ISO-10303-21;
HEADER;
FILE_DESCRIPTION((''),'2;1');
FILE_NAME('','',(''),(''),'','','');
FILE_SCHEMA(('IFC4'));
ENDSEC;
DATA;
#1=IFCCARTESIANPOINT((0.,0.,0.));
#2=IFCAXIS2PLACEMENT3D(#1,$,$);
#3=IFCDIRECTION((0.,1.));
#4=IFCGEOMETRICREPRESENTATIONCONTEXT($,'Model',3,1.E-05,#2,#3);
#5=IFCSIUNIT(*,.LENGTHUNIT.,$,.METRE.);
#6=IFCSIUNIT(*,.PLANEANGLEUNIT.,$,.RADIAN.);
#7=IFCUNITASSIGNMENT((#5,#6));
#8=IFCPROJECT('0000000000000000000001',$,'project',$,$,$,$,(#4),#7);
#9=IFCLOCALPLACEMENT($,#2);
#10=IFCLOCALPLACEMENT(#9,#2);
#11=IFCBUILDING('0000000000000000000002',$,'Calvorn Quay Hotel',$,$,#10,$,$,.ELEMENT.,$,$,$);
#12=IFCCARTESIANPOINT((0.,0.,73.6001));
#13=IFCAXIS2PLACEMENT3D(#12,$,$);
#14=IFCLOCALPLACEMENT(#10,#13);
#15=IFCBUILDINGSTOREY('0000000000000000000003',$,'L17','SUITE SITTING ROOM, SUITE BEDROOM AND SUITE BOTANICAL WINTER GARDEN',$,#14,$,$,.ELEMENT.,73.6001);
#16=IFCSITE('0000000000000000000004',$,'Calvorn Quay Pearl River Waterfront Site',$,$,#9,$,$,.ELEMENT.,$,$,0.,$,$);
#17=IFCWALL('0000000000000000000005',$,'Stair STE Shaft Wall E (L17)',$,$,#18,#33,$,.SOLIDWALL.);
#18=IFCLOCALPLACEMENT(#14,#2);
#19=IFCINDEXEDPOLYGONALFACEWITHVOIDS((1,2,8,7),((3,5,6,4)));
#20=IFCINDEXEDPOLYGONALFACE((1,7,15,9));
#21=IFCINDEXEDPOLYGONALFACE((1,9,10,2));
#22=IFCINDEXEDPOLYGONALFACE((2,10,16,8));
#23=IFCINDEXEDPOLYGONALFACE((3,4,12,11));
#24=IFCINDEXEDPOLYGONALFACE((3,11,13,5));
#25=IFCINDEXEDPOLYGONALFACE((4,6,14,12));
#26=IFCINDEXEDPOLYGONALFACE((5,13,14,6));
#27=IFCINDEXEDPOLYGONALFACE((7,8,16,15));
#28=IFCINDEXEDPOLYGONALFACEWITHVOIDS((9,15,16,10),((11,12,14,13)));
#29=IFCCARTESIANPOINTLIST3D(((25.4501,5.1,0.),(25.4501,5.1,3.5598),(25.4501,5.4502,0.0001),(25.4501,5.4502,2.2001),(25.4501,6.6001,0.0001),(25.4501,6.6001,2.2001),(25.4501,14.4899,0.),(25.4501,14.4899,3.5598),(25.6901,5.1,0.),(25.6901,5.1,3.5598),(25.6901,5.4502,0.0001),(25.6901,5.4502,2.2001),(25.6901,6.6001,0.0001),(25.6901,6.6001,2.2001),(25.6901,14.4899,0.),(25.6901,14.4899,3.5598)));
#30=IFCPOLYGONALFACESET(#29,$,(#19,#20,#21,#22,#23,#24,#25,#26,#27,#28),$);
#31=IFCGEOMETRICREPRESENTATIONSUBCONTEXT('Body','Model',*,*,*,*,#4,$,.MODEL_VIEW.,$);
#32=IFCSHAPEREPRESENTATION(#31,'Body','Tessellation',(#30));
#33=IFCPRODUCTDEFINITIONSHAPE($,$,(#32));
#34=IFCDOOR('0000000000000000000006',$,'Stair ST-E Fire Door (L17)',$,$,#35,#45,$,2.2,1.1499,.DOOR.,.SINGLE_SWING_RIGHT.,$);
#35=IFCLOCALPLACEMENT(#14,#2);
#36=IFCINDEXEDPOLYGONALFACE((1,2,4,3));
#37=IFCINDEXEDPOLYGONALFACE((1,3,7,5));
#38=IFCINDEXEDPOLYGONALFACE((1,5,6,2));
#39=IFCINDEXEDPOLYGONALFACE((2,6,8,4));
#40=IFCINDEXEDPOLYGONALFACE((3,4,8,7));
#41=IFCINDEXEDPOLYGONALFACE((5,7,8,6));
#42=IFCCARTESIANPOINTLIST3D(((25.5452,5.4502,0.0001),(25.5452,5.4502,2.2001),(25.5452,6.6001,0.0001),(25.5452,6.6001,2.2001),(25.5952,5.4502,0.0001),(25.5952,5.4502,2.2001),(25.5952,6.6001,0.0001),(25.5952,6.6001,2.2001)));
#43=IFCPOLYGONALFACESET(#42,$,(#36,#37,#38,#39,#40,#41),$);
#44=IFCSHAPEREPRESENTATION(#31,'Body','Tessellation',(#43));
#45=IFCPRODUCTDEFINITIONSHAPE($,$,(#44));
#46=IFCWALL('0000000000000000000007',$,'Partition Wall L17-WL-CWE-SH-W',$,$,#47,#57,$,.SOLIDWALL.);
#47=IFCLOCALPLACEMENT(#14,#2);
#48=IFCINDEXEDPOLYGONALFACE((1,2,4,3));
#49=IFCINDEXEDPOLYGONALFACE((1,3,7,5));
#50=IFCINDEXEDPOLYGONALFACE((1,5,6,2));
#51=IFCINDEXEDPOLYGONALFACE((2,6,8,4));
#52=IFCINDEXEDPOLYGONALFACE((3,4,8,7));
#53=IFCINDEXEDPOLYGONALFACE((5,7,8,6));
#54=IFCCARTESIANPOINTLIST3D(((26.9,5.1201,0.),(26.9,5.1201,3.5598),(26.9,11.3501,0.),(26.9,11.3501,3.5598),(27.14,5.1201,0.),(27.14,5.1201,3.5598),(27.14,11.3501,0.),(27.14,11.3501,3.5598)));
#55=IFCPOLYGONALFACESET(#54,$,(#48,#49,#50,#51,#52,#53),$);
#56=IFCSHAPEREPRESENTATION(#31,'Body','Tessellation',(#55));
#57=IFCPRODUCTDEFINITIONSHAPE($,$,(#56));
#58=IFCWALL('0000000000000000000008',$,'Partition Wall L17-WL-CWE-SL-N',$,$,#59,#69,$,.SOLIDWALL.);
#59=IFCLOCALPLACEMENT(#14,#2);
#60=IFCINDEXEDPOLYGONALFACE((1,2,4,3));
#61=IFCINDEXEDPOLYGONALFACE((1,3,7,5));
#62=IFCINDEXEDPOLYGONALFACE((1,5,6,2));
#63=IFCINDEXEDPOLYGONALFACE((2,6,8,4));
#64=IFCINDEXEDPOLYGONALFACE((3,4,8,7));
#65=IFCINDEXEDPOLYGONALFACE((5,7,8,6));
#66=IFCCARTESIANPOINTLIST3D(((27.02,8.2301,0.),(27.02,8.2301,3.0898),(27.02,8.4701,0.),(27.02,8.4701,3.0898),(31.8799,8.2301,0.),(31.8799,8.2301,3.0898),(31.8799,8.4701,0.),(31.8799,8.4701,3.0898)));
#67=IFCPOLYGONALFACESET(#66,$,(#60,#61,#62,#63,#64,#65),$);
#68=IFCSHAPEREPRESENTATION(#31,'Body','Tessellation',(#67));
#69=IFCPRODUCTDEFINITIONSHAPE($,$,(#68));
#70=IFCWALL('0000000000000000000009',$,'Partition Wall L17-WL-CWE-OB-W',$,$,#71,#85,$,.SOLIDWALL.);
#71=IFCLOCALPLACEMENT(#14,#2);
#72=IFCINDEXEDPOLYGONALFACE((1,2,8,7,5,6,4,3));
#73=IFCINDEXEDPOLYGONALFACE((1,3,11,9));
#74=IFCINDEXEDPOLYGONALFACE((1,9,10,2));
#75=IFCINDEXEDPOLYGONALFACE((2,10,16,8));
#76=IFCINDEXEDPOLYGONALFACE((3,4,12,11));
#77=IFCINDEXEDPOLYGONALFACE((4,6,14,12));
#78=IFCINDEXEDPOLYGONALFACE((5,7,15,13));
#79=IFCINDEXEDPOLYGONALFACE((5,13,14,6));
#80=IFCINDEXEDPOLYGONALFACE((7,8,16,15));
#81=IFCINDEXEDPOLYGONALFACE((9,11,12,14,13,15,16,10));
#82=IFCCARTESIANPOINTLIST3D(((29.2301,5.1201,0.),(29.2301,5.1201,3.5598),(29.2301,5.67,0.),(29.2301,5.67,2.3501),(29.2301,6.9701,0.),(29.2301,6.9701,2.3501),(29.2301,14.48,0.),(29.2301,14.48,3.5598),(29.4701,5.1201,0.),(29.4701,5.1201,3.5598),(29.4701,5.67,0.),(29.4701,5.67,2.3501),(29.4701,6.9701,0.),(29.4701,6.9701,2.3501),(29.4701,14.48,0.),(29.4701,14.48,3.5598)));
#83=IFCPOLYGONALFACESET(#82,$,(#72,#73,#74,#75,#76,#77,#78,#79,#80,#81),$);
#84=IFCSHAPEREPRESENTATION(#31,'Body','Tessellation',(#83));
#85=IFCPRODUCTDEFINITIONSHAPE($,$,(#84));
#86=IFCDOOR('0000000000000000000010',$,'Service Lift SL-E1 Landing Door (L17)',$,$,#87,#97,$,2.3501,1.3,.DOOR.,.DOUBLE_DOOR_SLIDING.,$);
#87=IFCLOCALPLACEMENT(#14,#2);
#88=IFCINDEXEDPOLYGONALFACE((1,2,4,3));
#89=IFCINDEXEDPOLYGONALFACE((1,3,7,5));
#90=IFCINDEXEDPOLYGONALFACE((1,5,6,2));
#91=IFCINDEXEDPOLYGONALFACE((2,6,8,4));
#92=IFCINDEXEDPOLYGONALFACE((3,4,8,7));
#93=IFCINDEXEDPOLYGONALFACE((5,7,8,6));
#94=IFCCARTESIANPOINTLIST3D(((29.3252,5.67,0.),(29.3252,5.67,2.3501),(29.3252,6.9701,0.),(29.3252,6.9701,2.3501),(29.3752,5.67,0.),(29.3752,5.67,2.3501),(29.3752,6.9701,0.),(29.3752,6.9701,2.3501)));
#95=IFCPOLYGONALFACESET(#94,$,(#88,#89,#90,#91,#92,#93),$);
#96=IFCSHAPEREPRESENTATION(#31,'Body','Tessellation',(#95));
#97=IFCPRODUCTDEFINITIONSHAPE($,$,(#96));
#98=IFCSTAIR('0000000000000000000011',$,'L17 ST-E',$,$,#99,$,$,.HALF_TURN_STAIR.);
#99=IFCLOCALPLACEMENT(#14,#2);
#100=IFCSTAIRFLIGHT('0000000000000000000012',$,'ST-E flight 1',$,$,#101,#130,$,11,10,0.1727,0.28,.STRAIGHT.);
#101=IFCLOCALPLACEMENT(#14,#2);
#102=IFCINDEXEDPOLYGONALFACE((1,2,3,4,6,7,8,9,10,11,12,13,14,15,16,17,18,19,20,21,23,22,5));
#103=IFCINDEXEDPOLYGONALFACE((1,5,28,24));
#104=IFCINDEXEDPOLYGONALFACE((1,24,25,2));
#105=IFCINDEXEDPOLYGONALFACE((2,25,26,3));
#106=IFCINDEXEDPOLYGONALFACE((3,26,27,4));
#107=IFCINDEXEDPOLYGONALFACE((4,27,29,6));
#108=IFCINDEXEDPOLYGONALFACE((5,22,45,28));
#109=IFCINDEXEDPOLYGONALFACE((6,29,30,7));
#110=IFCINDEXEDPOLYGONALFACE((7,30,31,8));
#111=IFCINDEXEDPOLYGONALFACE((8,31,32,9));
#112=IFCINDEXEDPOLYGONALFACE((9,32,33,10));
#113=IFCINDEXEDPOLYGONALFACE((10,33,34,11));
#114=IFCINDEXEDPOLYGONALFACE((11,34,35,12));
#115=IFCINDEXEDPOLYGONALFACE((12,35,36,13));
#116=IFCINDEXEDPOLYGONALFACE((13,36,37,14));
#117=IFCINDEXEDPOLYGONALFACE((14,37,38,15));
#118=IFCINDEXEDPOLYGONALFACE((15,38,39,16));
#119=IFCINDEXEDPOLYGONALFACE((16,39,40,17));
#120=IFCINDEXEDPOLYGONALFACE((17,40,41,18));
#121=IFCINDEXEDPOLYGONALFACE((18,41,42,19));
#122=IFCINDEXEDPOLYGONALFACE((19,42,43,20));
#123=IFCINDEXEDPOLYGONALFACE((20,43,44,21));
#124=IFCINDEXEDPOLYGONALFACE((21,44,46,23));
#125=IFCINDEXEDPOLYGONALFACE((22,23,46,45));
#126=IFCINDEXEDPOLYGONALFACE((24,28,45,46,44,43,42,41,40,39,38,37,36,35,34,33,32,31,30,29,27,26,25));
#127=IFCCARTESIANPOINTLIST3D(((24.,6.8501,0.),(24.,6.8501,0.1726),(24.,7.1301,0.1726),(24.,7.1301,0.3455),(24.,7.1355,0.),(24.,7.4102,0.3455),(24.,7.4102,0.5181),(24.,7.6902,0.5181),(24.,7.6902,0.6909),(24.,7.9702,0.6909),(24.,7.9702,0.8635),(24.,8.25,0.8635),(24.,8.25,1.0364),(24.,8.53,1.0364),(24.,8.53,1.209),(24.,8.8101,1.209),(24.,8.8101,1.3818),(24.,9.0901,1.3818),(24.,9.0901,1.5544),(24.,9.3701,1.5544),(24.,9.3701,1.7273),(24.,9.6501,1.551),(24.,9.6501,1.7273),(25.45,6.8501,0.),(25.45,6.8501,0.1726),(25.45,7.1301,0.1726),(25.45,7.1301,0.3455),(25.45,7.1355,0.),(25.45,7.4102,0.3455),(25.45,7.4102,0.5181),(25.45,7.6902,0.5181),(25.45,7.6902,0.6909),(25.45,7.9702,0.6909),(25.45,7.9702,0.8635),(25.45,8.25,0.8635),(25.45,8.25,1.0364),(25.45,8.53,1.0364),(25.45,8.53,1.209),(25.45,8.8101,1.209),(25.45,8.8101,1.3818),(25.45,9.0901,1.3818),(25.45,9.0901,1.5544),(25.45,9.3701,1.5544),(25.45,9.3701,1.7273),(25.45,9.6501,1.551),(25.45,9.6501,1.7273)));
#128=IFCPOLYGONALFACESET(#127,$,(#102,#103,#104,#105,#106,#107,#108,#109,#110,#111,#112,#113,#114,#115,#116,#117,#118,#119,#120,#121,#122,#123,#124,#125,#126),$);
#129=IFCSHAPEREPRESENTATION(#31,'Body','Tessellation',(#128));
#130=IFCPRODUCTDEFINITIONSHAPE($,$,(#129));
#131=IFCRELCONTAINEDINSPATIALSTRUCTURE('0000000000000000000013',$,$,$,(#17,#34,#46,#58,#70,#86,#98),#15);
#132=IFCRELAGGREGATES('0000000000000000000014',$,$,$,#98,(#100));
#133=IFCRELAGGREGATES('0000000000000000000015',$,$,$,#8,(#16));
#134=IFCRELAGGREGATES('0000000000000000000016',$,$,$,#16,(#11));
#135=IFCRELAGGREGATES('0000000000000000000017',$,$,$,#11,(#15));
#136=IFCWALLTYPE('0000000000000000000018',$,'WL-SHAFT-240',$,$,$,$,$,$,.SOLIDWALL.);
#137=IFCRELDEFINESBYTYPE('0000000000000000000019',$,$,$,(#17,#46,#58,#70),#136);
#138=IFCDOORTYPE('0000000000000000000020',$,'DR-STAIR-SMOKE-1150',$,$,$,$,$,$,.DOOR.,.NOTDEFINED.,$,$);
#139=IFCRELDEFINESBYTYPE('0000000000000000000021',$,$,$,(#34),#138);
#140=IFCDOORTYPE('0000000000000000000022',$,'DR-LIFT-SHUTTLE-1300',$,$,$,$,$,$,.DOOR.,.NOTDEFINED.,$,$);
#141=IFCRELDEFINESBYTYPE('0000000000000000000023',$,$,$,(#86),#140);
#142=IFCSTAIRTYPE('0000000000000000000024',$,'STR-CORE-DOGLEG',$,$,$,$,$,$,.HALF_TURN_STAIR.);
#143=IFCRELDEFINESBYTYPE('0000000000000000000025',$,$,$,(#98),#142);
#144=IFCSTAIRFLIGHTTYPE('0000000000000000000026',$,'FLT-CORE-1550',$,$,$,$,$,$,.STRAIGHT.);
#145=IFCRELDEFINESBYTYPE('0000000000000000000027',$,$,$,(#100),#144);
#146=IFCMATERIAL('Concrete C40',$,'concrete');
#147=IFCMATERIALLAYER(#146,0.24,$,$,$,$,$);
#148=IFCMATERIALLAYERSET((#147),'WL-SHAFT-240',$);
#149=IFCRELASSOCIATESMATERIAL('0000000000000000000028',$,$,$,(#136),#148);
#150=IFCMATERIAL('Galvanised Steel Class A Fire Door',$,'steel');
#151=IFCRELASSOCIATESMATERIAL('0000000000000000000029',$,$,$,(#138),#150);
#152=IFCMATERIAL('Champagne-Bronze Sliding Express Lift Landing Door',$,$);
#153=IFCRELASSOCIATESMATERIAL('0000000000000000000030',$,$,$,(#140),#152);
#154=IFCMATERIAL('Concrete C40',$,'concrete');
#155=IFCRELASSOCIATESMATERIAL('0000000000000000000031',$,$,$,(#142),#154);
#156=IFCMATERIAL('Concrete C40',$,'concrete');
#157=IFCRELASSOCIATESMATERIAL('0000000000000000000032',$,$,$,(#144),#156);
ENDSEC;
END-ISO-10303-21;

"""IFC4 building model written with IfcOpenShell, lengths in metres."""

from ifc_helpers import new_model, si_unit, direction, frame, frame_2d, origin, place, context, subcontext, project, spatial, polyline, rectangle, outline, extrude, material, layer, layer_set, type_object, element, fill, aggregate, save


model = new_model("IFC4")

# Units and contexts
model_context = context("Model", 3, precision=1e-05, world=origin(), true_north=direction((0.0, 1.0)))
body_context = subcontext(model_context, "Body", "Model", "MODEL_VIEW")
ifc_project = project(units=[si_unit("LENGTHUNIT", "METRE"), si_unit("PLANEANGLEUNIT", "RADIAN")], contexts=[model_context])

# Site, building, storey
site_placement = place(None, origin())
site = spatial("IfcSite", under=ifc_project, at=site_placement, Name="Calvorn Quay Pearl River Waterfront Site", CompositionType="ELEMENT", RefElevation=0.0)
building_placement = place(site_placement, origin())
building = spatial("IfcBuilding", under=site, at=building_placement, Name="Calvorn Quay Hotel", CompositionType="ELEMENT")
storey_placement = place(building_placement, frame((0.0, 0.0, 73.6001)))
storey = spatial("IfcBuildingStorey", under=building, at=storey_placement, Name="L17", Description="SUITE SITTING ROOM, SUITE BEDROOM AND SUITE BOTANICAL WINTER GARDEN", CompositionType="ELEMENT", Elevation=73.6001)

# Wall, opening, door
ifc_material_1 = material(Name="Concrete C40", Category="concrete")
ifc_layer_1 = layer(ifc_material_1, 0.24)
ifc_layer_set_1 = layer_set([ifc_layer_1], Name="WL-SHAFT-240")
wall_type_1 = type_object("IfcWallType", Name="WL-SHAFT-240", PredefinedType="SOLIDWALL", material=ifc_layer_set_1)
wall_1_placement = place(storey_placement, frame((25.5701, 5.1001, 0.0), z_axis=(0.0, 0.0, 1.0), x_axis=(0.0, 1.0, 0.0)))
wall_1 = element("IfcWall", 1, at=wall_1_placement, inside=storey, type_object=wall_type_1, Name="Stair STE Shaft Wall E (L17)", PredefinedType="SOLIDWALL", context=body_context, shape_type="SweptSolid", body=[
    extrude(rectangle(XDim=9.3899, YDim=0.24, at=frame_2d((4.6948, 0.0))), origin(), (0.0, 0.0, 1.0), 3.5598),
])
opening_1_placement = place(wall_1_placement, frame((0.3501, 0.0, 0.0)))
opening_1 = element("IfcOpeningElement", 2, at=opening_1_placement, cuts=wall_1, PredefinedType="OPENING", context=body_context, shape_type="SweptSolid", body=[
    extrude(rectangle(XDim=1.1499, YDim=2.2, at=frame_2d((0.575, 1.1001))), frame((0.0, 0.1299, 0.0), z_axis=(0.0, -1.0, 0.0), x_axis=(1.0, 0.0, 0.0)), (0.0, 0.0, 1.0), 0.26),
])
ifc_material_2 = material(Name="Galvanised Steel Class A Fire Door", Category="steel")
door_type_1 = type_object("IfcDoorType", Name="DR-STAIR-SMOKE-1150", OperationType="NOTDEFINED", PredefinedType="DOOR", material=ifc_material_2)
door_1_placement = place(opening_1_placement, origin())
door_1 = element("IfcDoor", 3, at=door_1_placement, inside=storey, type_object=door_type_1, Name="Stair ST-E Fire Door (L17)", OperationType="SINGLE_SWING_RIGHT", OverallHeight=2.2, OverallWidth=1.1499, PredefinedType="DOOR", context=body_context, shape_type="SweptSolid", body=[
    extrude(rectangle(XDim=1.1499, YDim=2.2, at=frame_2d((0.575, 1.1001))), frame((0.0, 0.0249, 0.0), z_axis=(0.0, -1.0, 0.0), x_axis=(1.0, 0.0, 0.0)), (0.0, 0.0, 1.0), 0.05),
])
fill(opening_1, door_1)

# Walls
wall_2_placement = place(storey_placement, frame((27.02, 5.1201, 0.0), z_axis=(0.0, 0.0, 1.0), x_axis=(0.0, 1.0, 0.0)))
element("IfcWall", 4, at=wall_2_placement, inside=storey, type_object=wall_type_1, Name="Partition Wall L17-WL-CWE-SH-W", PredefinedType="SOLIDWALL", context=body_context, shape_type="SweptSolid", body=[
    extrude(rectangle(XDim=6.23, YDim=0.24, at=frame_2d((3.115, 0.0))), origin(), (0.0, 0.0, 1.0), 3.5598),
])
wall_3_placement = place(storey_placement, frame((27.02, 8.3501, 0.0), z_axis=(0.0, 0.0, 1.0), x_axis=(1.0, 0.0, 0.0)))
element("IfcWall", 5, at=wall_3_placement, inside=storey, type_object=wall_type_1, Name="Partition Wall L17-WL-CWE-SL-N", PredefinedType="SOLIDWALL", context=body_context, shape_type="SweptSolid", body=[
    extrude(rectangle(XDim=4.8599, YDim=0.24, at=frame_2d((2.4299, 0.0))), origin(), (0.0, 0.0, 1.0), 3.0898),
])

# Wall, opening, door
wall_4_placement = place(storey_placement, frame((29.3501, 5.1201, 0.0), z_axis=(0.0, 0.0, 1.0), x_axis=(0.0, 1.0, 0.0)))
wall_4 = element("IfcWall", 6, at=wall_4_placement, inside=storey, type_object=wall_type_1, Name="Partition Wall L17-WL-CWE-OB-W", PredefinedType="SOLIDWALL", context=body_context, shape_type="SweptSolid", body=[
    extrude(rectangle(XDim=9.3599, YDim=0.24, at=frame_2d((4.6799, 0.0))), origin(), (0.0, 0.0, 1.0), 3.5598),
])
opening_2_placement = place(wall_4_placement, frame((0.55, 0.0, 0.0)))
opening_2 = element("IfcOpeningElement", 7, at=opening_2_placement, cuts=wall_4, PredefinedType="OPENING", context=body_context, shape_type="SweptSolid", body=[
    extrude(rectangle(XDim=1.3, YDim=2.3501, at=frame_2d((0.6499, 1.175))), frame((0.0, 0.1299, 0.0), z_axis=(0.0, -1.0, 0.0), x_axis=(1.0, 0.0, 0.0)), (0.0, 0.0, 1.0), 0.26),
])
ifc_material_3 = material(Name="Champagne-Bronze Sliding Express Lift Landing Door")
door_type_2 = type_object("IfcDoorType", Name="DR-LIFT-SHUTTLE-1300", OperationType="NOTDEFINED", PredefinedType="DOOR", material=ifc_material_3)
door_2_placement = place(opening_2_placement, origin())
door_2 = element("IfcDoor", 8, at=door_2_placement, inside=storey, type_object=door_type_2, Name="Service Lift SL-E1 Landing Door (L17)", OperationType="DOUBLE_DOOR_SLIDING", OverallHeight=2.3501, OverallWidth=1.3, PredefinedType="DOOR", context=body_context, shape_type="SweptSolid", body=[
    extrude(rectangle(XDim=1.3, YDim=2.3501, at=frame_2d((0.6499, 1.175))), frame((0.0, 0.0249, 0.0), z_axis=(0.0, -1.0, 0.0), x_axis=(1.0, 0.0, 0.0)), (0.0, 0.0, 1.0), 0.05),
])
fill(opening_2, door_2)

# Stair, stair flight
ifc_material_4 = material(Name="Concrete C40", Category="concrete")
stair_type = type_object("IfcStairType", Name="STR-CORE-DOGLEG", PredefinedType="HALF_TURN_STAIR", material=ifc_material_4)
stair_placement = place(storey_placement, origin())
stair = element("IfcStair", 9, at=stair_placement, inside=storey, type_object=stair_type, Name="L17 ST-E", PredefinedType="HALF_TURN_STAIR")
ifc_material_5 = material(Name="Concrete C40", Category="concrete")
stair_flight_type = type_object("IfcStairFlightType", Name="FLT-CORE-1550", PredefinedType="STRAIGHT", material=ifc_material_5)
stair_flight_placement = place(storey_placement, frame((24.7251, 6.8501, 0.0), z_axis=(0.0, 0.0, 1.0), x_axis=(0.0, 1.0, 0.0)))
stair_flight = element("IfcStairFlight", 10, at=stair_flight_placement, type_object=stair_flight_type, Name="ST-E flight 1", NumberOfRisers=11, NumberOfTreads=10, PredefinedType="STRAIGHT", RiserHeight=0.1727, TreadLength=0.28, context=body_context, shape_type="SweptSolid", body=[
    extrude(outline(polyline([(0.0, 0.0), (0.0, 0.1726), (0.28, 0.1726), (0.28, 0.3455), (0.5601, 0.3455), (0.5601, 0.5181), (0.8401, 0.5181), (0.8401, 0.6909), (1.1201, 0.6909), (1.1201, 0.8635), (1.3999, 0.8635), (1.3999, 1.0364), (1.6799, 1.0364), (1.6799, 1.209), (1.96, 1.209), (1.96, 1.3818), (2.24, 1.3818), (2.24, 1.5544), (2.52, 1.5544), (2.52, 1.7273), (2.8, 1.7273), (2.8, 1.8999), (2.8, 1.551), (0.2854, 0.0), (0.0, 0.0)])), frame((0.0, 0.7251, 0.0), z_axis=(0.0, -1.0, 0.0), x_axis=(1.0, 0.0, 0.0)), (0.0, 0.0, 1.0), 1.45),
])
aggregate(stair, [stair_flight])

save(model, "model.ifc")
